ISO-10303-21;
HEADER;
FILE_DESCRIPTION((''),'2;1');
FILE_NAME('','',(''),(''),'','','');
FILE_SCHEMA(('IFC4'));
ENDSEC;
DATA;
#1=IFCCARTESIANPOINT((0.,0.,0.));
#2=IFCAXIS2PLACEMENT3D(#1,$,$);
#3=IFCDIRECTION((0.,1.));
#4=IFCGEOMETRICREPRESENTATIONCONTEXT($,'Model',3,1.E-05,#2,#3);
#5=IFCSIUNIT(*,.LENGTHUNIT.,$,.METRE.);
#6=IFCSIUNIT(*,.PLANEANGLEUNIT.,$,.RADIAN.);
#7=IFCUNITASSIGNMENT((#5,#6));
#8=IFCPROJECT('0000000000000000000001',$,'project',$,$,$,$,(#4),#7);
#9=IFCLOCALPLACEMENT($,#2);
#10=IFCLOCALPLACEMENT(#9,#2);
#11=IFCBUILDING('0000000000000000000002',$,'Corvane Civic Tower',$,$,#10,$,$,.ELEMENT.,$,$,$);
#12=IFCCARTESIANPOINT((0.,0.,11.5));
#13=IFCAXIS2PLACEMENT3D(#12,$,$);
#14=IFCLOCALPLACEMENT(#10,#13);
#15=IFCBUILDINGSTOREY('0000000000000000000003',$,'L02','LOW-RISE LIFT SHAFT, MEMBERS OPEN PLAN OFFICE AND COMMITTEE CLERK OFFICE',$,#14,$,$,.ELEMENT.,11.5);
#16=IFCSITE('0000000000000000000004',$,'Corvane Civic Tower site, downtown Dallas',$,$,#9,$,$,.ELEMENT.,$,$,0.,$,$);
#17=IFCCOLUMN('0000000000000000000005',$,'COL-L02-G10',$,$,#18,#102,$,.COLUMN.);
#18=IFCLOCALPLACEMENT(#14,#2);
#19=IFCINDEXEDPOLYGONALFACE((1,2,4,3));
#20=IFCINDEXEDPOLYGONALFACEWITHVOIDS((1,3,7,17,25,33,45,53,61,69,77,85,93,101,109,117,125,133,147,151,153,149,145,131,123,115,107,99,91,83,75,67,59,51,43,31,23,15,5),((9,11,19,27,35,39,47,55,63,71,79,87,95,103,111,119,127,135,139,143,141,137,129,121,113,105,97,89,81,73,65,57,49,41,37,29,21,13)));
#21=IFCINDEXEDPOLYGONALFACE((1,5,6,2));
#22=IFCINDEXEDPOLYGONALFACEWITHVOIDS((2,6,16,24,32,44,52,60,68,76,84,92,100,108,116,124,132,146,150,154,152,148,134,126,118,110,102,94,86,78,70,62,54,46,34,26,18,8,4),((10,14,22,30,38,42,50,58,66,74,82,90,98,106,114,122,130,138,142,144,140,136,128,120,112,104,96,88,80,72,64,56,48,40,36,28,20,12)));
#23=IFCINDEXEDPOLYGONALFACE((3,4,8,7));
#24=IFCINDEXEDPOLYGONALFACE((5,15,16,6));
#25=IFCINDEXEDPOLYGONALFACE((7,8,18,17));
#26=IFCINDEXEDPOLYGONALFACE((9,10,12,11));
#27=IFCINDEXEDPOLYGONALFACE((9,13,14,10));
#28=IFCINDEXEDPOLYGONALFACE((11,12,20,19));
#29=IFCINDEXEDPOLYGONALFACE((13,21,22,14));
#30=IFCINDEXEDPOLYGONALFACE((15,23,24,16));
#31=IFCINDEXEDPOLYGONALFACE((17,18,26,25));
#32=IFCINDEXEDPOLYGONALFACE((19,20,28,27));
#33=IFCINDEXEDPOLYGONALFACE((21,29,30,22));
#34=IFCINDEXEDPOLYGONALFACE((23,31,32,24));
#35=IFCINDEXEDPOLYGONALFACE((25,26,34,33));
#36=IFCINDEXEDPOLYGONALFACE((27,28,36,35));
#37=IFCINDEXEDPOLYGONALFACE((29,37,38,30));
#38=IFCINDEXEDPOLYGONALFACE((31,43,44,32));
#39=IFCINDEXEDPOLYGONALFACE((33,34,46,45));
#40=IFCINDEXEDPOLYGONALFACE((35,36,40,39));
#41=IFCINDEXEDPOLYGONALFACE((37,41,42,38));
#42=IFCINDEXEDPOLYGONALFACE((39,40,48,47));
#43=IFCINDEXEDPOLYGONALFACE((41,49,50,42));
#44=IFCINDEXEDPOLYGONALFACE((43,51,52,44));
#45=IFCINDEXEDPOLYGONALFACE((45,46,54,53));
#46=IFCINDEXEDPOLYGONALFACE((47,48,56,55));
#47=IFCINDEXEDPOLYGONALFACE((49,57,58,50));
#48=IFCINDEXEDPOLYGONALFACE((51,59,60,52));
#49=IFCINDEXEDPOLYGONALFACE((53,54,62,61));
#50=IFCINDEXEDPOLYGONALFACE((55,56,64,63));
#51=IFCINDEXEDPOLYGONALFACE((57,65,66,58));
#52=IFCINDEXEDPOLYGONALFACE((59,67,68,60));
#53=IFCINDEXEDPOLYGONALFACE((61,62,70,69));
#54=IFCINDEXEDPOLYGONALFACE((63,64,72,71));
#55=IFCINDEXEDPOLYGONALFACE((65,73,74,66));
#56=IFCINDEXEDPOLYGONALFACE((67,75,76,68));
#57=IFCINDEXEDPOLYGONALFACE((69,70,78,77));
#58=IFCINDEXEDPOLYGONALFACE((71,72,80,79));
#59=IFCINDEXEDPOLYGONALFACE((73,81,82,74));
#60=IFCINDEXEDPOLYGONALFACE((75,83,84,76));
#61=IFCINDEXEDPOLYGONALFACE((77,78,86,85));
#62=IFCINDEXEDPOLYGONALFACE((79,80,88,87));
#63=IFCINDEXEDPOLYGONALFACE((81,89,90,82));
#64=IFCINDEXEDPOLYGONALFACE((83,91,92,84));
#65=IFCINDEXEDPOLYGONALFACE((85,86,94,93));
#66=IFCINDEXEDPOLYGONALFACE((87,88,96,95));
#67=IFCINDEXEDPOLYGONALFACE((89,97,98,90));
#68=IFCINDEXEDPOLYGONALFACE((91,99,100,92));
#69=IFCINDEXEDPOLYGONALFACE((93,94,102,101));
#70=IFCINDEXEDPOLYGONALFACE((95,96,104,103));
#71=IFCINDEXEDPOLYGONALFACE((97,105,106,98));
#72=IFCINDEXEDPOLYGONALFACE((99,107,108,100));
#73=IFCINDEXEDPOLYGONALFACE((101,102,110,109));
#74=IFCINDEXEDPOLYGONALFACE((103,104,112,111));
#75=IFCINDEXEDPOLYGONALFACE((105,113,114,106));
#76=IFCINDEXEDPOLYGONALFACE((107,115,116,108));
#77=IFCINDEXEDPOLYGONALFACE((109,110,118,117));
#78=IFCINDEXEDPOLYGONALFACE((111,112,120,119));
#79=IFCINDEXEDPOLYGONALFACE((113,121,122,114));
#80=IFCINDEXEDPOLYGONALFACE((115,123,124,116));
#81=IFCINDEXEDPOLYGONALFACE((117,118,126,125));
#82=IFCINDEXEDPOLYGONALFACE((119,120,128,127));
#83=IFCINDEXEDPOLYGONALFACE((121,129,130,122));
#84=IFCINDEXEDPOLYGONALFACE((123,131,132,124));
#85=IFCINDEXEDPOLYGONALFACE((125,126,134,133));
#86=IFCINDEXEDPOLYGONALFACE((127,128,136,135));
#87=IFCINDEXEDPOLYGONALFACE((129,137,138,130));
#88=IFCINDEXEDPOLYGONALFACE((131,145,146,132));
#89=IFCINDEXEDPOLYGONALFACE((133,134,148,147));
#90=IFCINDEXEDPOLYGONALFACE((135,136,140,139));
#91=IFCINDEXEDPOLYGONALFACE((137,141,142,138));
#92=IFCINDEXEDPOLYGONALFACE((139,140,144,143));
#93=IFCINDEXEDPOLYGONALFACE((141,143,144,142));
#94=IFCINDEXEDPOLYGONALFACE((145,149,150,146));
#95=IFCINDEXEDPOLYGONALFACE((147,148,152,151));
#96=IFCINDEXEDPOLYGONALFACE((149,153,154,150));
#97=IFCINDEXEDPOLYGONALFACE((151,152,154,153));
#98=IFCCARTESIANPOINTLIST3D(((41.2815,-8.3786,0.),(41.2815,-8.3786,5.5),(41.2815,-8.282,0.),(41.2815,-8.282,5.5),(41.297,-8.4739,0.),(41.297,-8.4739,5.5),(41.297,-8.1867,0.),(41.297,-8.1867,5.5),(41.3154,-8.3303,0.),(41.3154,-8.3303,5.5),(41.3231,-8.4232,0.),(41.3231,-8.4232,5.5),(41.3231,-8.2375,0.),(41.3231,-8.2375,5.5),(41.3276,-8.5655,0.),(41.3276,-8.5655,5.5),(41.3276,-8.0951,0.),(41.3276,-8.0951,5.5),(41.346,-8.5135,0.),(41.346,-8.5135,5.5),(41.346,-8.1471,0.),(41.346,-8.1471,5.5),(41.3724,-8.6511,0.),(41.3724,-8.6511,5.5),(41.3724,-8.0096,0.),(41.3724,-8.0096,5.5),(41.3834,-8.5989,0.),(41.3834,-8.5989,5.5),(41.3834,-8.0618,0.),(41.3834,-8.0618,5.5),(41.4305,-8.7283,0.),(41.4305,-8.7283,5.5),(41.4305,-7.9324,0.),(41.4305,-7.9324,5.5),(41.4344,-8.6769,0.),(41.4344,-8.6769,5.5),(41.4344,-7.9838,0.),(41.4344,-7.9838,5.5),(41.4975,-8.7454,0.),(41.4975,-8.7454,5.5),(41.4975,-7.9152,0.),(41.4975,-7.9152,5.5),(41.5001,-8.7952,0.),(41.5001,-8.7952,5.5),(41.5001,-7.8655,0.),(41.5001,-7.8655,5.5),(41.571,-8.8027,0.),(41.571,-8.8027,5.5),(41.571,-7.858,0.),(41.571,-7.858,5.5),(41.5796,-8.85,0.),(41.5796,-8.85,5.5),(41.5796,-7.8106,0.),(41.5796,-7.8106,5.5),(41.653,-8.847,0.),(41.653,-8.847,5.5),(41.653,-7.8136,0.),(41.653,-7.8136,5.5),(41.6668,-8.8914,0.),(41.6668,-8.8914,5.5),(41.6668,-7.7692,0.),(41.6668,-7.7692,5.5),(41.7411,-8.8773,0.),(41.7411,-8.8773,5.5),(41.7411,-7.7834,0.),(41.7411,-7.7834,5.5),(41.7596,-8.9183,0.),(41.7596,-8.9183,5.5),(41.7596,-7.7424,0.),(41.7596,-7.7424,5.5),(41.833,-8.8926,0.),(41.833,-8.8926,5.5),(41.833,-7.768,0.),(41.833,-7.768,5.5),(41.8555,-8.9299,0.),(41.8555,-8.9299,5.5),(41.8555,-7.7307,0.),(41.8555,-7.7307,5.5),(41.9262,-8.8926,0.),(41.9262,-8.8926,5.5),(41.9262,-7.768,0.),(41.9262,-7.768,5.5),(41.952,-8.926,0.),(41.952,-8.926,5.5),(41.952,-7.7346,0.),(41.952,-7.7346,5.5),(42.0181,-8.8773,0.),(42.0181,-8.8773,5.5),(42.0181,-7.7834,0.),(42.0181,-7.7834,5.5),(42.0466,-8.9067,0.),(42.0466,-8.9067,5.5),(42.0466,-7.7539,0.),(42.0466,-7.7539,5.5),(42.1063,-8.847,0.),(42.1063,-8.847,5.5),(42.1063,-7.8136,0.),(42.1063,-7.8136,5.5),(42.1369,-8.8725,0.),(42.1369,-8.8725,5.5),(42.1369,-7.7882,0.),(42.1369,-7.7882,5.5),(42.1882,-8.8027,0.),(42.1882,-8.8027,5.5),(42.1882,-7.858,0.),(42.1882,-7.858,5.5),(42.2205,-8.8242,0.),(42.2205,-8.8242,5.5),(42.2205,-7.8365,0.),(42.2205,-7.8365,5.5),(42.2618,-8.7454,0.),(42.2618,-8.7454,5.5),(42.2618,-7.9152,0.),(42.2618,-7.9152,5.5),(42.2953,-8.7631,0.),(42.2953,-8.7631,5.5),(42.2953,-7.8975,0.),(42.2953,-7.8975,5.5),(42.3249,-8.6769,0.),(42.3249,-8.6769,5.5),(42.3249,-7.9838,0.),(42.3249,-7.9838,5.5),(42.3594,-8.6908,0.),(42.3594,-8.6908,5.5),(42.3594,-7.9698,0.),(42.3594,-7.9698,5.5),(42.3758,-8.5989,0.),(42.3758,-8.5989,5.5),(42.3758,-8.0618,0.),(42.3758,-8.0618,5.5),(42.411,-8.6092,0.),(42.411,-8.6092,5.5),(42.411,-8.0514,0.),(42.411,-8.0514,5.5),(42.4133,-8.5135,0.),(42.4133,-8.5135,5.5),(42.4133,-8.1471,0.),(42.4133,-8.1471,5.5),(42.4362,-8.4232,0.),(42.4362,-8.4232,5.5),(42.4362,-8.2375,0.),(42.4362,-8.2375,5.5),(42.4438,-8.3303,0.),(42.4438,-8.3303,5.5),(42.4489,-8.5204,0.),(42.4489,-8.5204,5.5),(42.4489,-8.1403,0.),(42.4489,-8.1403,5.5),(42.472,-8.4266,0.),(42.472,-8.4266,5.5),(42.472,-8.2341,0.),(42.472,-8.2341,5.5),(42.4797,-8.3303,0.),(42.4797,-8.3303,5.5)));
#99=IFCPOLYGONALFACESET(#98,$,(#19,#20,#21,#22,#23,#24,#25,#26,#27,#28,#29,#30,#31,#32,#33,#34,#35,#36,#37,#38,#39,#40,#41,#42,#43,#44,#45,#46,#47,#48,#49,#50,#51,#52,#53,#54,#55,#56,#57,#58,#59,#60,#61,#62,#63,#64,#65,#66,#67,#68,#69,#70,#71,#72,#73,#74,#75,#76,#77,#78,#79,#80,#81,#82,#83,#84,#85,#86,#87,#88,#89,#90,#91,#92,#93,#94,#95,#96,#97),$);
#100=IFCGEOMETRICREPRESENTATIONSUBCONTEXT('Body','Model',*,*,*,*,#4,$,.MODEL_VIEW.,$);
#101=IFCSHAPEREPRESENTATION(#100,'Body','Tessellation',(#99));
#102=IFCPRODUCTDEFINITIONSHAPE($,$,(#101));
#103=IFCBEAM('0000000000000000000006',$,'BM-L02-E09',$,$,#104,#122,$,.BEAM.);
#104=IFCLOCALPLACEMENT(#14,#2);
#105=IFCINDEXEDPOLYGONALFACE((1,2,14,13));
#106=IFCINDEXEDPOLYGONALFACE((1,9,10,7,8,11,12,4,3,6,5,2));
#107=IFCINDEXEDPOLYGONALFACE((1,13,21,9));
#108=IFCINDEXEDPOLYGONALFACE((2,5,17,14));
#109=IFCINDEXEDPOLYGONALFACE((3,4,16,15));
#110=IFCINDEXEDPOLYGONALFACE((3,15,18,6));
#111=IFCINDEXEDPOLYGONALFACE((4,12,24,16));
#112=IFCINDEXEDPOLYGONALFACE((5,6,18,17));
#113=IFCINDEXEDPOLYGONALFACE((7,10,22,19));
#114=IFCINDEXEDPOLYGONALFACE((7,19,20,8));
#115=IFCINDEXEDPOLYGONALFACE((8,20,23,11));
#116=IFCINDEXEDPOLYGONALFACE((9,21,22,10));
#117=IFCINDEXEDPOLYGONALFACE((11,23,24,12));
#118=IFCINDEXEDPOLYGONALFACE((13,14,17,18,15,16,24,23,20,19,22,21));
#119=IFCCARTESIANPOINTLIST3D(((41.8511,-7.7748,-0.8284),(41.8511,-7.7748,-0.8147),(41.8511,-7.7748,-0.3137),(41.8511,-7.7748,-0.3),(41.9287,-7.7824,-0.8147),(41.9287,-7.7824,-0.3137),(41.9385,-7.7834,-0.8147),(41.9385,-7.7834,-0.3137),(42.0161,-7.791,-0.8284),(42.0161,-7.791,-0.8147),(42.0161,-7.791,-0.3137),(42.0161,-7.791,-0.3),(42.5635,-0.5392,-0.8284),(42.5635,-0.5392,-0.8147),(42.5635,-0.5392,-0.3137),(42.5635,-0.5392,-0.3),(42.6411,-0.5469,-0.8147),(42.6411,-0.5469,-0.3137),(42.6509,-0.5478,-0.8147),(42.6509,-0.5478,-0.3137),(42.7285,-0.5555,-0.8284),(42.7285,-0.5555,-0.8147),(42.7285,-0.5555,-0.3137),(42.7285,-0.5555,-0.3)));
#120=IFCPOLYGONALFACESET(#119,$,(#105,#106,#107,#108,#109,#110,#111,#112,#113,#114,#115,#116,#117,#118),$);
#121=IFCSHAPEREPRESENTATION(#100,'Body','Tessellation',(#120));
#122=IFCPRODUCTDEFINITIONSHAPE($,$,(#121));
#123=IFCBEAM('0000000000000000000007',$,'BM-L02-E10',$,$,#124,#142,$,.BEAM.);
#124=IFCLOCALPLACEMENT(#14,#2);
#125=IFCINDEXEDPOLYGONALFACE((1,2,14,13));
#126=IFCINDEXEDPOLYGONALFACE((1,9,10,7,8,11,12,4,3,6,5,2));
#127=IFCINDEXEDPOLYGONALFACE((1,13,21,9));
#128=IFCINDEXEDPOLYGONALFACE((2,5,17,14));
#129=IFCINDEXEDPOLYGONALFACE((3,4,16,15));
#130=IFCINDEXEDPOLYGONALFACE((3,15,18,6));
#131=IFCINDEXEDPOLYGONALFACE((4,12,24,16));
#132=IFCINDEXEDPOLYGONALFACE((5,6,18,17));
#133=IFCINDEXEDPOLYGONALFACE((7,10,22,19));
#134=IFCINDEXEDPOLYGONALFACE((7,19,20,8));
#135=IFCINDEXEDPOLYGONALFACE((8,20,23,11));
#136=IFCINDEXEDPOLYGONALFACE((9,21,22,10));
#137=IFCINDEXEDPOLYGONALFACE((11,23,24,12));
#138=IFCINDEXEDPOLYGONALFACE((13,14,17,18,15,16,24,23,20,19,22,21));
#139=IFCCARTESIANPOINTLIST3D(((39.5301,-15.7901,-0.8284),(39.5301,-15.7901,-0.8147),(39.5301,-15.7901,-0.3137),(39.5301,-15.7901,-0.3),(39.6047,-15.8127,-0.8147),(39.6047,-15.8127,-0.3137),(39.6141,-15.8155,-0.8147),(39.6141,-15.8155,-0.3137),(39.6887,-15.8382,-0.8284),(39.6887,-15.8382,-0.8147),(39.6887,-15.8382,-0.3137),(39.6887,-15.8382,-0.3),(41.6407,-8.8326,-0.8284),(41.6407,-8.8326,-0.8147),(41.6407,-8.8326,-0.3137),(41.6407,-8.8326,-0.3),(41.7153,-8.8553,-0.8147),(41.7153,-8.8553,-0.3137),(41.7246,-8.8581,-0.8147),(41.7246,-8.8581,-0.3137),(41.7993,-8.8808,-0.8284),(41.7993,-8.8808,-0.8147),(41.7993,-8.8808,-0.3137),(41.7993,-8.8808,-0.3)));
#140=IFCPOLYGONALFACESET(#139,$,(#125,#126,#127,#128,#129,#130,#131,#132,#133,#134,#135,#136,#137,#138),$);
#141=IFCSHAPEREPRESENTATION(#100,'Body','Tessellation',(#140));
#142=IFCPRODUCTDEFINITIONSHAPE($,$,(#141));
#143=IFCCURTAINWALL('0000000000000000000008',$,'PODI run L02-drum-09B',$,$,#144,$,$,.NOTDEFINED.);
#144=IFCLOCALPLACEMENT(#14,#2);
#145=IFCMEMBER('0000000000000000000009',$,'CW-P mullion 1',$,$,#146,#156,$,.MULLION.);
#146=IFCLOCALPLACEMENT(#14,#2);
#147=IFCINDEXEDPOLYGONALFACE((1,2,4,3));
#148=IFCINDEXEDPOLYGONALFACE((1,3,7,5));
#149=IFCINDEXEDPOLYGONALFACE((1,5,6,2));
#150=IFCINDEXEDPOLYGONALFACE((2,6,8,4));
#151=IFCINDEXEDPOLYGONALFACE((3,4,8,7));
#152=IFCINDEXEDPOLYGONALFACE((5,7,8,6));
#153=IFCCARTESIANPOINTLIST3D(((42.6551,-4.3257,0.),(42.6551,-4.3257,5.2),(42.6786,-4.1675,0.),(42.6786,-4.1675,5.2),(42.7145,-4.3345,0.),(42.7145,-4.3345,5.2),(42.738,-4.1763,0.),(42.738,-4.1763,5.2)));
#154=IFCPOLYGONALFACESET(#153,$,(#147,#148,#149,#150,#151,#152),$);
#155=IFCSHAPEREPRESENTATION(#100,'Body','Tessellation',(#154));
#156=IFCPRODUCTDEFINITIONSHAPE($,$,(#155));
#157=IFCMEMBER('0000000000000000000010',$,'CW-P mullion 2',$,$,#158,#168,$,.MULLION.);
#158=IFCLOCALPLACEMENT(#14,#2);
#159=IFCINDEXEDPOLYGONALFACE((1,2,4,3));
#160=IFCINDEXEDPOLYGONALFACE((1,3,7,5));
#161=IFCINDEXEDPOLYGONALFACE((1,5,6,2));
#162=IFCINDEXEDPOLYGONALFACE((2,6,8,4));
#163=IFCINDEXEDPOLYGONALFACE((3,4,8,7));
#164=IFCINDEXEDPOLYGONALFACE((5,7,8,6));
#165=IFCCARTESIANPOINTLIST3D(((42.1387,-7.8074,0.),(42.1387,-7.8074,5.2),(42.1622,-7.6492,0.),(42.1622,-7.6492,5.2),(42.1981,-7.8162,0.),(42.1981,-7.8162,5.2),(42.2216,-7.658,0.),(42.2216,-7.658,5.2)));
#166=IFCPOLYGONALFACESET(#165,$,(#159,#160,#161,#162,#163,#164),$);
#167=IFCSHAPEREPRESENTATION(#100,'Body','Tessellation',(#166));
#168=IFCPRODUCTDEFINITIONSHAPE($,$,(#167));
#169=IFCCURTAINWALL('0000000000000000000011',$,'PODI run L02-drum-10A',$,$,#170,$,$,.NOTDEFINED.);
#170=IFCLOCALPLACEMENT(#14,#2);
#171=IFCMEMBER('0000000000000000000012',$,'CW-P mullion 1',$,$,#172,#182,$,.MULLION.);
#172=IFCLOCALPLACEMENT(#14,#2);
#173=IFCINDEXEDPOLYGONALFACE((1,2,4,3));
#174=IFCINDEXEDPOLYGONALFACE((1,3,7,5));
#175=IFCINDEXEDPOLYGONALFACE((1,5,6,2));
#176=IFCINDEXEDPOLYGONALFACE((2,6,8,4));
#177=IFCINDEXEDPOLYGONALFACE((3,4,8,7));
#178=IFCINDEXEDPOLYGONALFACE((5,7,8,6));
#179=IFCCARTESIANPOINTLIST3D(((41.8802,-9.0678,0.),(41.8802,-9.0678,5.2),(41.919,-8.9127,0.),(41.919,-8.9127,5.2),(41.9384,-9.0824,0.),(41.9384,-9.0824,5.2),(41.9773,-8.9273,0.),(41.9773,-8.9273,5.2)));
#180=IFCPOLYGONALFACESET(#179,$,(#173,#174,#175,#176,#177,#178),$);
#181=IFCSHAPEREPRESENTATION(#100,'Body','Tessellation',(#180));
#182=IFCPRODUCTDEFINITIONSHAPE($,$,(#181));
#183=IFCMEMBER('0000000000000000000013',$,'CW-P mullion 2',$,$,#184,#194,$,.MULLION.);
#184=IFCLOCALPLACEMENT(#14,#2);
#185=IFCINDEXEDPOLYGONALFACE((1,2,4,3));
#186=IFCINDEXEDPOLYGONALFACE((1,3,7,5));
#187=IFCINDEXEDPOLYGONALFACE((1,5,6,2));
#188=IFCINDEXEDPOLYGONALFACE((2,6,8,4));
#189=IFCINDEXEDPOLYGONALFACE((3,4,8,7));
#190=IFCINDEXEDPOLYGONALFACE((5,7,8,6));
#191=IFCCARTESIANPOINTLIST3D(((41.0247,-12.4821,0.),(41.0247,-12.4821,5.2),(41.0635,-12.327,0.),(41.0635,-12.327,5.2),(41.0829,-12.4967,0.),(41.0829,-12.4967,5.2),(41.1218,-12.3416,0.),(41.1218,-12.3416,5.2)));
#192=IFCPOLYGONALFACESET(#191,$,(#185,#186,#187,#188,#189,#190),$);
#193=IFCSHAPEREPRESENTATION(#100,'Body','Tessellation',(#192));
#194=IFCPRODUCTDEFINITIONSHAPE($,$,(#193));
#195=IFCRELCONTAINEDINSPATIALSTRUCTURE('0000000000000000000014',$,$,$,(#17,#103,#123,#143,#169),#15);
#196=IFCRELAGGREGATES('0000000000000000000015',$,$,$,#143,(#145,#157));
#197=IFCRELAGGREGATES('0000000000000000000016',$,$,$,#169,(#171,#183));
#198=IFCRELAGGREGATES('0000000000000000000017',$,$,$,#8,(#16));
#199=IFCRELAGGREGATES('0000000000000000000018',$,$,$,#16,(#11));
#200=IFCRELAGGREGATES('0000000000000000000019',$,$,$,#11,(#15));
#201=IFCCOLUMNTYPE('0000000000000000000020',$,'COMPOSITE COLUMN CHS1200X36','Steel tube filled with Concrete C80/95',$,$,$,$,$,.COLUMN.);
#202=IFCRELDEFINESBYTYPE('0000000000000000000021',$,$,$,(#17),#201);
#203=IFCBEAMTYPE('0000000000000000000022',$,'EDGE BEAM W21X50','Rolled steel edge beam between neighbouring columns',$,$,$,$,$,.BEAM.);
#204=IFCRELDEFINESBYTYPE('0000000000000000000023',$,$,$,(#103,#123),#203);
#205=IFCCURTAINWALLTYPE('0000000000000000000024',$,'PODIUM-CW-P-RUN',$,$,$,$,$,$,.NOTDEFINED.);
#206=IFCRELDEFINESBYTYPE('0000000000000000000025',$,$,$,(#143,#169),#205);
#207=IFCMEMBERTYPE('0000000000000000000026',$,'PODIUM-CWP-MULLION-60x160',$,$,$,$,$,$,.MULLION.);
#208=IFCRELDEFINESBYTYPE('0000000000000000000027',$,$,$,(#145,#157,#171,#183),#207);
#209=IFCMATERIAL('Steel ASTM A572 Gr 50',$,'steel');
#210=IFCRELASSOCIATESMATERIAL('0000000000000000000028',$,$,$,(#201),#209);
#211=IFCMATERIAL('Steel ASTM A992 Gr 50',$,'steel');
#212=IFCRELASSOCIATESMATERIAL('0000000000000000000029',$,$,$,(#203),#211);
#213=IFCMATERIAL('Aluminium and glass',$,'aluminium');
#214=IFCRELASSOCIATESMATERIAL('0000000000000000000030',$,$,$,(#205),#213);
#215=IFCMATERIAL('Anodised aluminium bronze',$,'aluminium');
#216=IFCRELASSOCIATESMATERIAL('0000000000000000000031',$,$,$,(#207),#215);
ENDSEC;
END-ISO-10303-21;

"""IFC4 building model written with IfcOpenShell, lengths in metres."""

from ifc_helpers import new_model, si_unit, direction, frame, origin, origin_2d, place, context, subcontext, project, spatial, rectangle, hollow_circle, i_section, extrude, material, material_profile, profile_set, type_object, element, aggregate, save


model = new_model("IFC4")

# Units and contexts
model_context = context("Model", 3, precision=1e-05, world=origin(), true_north=direction((0.0, 1.0)))
body_context = subcontext(model_context, "Body", "Model", "MODEL_VIEW")
ifc_project = project(units=[si_unit("LENGTHUNIT", "METRE"), si_unit("PLANEANGLEUNIT", "RADIAN")], contexts=[model_context])

# Site, building, storey
site_placement = place(None, origin())
site = spatial("IfcSite", under=ifc_project, at=site_placement, Name="Corvane Civic Tower site, downtown Dallas", CompositionType="ELEMENT", RefElevation=0.0)
building_placement = place(site_placement, origin())
building = spatial("IfcBuilding", under=site, at=building_placement, Name="Corvane Civic Tower", CompositionType="ELEMENT")
storey_placement = place(building_placement, frame((0.0, 0.0, 11.5)))
storey = spatial("IfcBuildingStorey", under=building, at=storey_placement, Name="L02", Description="LOW-RISE LIFT SHAFT, MEMBERS OPEN PLAN OFFICE AND COMMITTEE CLERK OFFICE", CompositionType="ELEMENT", Elevation=11.5)

# Column
ifc_material_1 = material(Name="Steel ASTM A572 Gr 50", Category="steel")
ifc_material_profile_1 = material_profile(ifc_material_1, hollow_circle(Radius=0.6001, WallThickness=0.0359, at=origin_2d()), Name="CHS1200X36")
ifc_profile_set_1 = profile_set([ifc_material_profile_1], Name="Steel ASTM A572 Gr 50")
column_type = type_object("IfcColumnType", Name="COMPOSITE COLUMN CHS1200X36", Description="Steel tube filled with Concrete C80/95", PredefinedType="COLUMN", material=ifc_profile_set_1)
column_placement = place(storey_placement, frame((41.8796, -8.3303, 0.0), z_axis=(0.0, 0.0, 1.0), x_axis=(1.0, 0.0, 0.0)))
element("IfcColumn", 1, at=column_placement, inside=storey, type_object=column_type, Name="COL-L02-G10", PredefinedType="COLUMN", context=body_context, shape_type="SweptSolid", body=[
    extrude(hollow_circle(Radius=0.6001, WallThickness=0.0359, at=origin_2d()), origin(), (0.0, 0.0, 1.0), 5.5),
])

# Beams
ifc_material_2 = material(Name="Steel ASTM A992 Gr 50", Category="steel")
ifc_material_profile_2 = material_profile(ifc_material_2, i_section(OverallWidth=0.1658, OverallDepth=0.5283, WebThickness=0.0098, FlangeThickness=0.0137, at=origin_2d()), Name="W21X50")
ifc_profile_set_2 = profile_set([ifc_material_profile_2], Name="Steel ASTM A992 Gr 50")
beam_type = type_object("IfcBeamType", Name="EDGE BEAM W21X50", Description="Rolled steel edge beam between neighbouring columns", PredefinedType="BEAM", material=ifc_profile_set_2)
for number, where, z_axis, x_axis, name in (
    (2, (42.646, -0.5474, -0.5642), (-0.097984, -0.995188, 0.0), (0.995188, -0.097984, 0.0), "BM-L02-E09"),
    (3, (41.72, -8.8567, -0.5642), (-0.290292, -0.956938, 0.0), (0.956938, -0.290292, 0.0), "BM-L02-E10"),
):
    element("IfcBeam", number, at=place(storey_placement, frame(where, z_axis=z_axis, x_axis=x_axis)), inside=storey, type_object=beam_type, Name=name, PredefinedType="BEAM", context=body_context, shape_type="SweptSolid", body=[
        extrude(i_section(OverallWidth=0.1658, OverallDepth=0.5283, WebThickness=0.0098, FlangeThickness=0.0137, at=origin_2d()), origin(), (0.0, 0.0, 1.0), 7.2705),
    ])

# Curtain walls, members
ifc_material_3 = material(Name="Aluminium and glass", Category="aluminium")
curtain_wall_type = type_object("IfcCurtainWallType", Name="PODIUM-CW-P-RUN", PredefinedType="NOTDEFINED", material=ifc_material_3)
curtain_wall_1_placement = place(storey_placement, origin())
curtain_wall_1 = element("IfcCurtainWall", 4, at=curtain_wall_1_placement, inside=storey, type_object=curtain_wall_type, Name="PODI run L02-drum-09B", PredefinedType="NOTDEFINED")
ifc_material_4 = material(Name="Anodised aluminium bronze", Category="aluminium")
ifc_material_profile_3 = material_profile(ifc_material_4, rectangle(XDim=0.0601, YDim=0.1599, at=origin_2d()), Name="AL 60x160")
ifc_profile_set_3 = profile_set([ifc_material_profile_3], Name="Anodised aluminium bronze")
member_type_1 = type_object("IfcMemberType", Name="PODIUM-CWP-MULLION-60x160", PredefinedType="MULLION", material=ifc_profile_set_3)
member_1_placement = place(storey_placement, frame((42.6965, -4.251, 0.0), z_axis=(0.0, 0.0, 1.0), x_axis=(0.989179, -0.146715, 0.0)))
member_1 = element("IfcMember", 5, at=member_1_placement, type_object=member_type_1, Name="CW-P mullion 1", PredefinedType="MULLION", context=body_context, shape_type="SweptSolid", body=[
    extrude(rectangle(XDim=0.0601, YDim=0.1599, at=origin_2d()), origin(), (0.0, 0.0, 1.0), 5.2),
])
member_2_placement = place(storey_placement, frame((42.1802, -7.7327, 0.0), z_axis=(0.0, 0.0, 1.0), x_axis=(0.989179, -0.146715, 0.0)))
member_2 = element("IfcMember", 6, at=member_2_placement, type_object=member_type_1, Name="CW-P mullion 2", PredefinedType="MULLION", context=body_context, shape_type="SweptSolid", body=[
    extrude(rectangle(XDim=0.0601, YDim=0.1599, at=origin_2d()), origin(), (0.0, 0.0, 1.0), 5.2),
])
curtain_wall_2_placement = place(storey_placement, origin())
curtain_wall_2 = element("IfcCurtainWall", 7, at=curtain_wall_2_placement, inside=storey, type_object=curtain_wall_type, Name="PODI run L02-drum-10A", PredefinedType="NOTDEFINED")
member_3_placement = place(storey_placement, frame((41.9287, -8.9976, 0.0), z_axis=(0.0, 0.0, 1.0), x_axis=(0.970024, -0.243009, 0.0)))
member_3 = element("IfcMember", 8, at=member_3_placement, type_object=member_type_1, Name="CW-P mullion 1", PredefinedType="MULLION", context=body_context, shape_type="SweptSolid", body=[
    extrude(rectangle(XDim=0.0601, YDim=0.1599, at=origin_2d()), origin(), (0.0, 0.0, 1.0), 5.2),
])
member_4_placement = place(storey_placement, frame((41.0732, -12.4119, 0.0), z_axis=(0.0, 0.0, 1.0), x_axis=(0.970024, -0.243009, 0.0)))
member_4 = element("IfcMember", 9, at=member_4_placement, type_object=member_type_1, Name="CW-P mullion 2", PredefinedType="MULLION", context=body_context, shape_type="SweptSolid", body=[
    extrude(rectangle(XDim=0.0601, YDim=0.1599, at=origin_2d()), origin(), (0.0, 0.0, 1.0), 5.2),
])

aggregate(curtain_wall_1, [member_1, member_2])
aggregate(curtain_wall_2, [member_3, member_4])

save(model, "model.ifc")
